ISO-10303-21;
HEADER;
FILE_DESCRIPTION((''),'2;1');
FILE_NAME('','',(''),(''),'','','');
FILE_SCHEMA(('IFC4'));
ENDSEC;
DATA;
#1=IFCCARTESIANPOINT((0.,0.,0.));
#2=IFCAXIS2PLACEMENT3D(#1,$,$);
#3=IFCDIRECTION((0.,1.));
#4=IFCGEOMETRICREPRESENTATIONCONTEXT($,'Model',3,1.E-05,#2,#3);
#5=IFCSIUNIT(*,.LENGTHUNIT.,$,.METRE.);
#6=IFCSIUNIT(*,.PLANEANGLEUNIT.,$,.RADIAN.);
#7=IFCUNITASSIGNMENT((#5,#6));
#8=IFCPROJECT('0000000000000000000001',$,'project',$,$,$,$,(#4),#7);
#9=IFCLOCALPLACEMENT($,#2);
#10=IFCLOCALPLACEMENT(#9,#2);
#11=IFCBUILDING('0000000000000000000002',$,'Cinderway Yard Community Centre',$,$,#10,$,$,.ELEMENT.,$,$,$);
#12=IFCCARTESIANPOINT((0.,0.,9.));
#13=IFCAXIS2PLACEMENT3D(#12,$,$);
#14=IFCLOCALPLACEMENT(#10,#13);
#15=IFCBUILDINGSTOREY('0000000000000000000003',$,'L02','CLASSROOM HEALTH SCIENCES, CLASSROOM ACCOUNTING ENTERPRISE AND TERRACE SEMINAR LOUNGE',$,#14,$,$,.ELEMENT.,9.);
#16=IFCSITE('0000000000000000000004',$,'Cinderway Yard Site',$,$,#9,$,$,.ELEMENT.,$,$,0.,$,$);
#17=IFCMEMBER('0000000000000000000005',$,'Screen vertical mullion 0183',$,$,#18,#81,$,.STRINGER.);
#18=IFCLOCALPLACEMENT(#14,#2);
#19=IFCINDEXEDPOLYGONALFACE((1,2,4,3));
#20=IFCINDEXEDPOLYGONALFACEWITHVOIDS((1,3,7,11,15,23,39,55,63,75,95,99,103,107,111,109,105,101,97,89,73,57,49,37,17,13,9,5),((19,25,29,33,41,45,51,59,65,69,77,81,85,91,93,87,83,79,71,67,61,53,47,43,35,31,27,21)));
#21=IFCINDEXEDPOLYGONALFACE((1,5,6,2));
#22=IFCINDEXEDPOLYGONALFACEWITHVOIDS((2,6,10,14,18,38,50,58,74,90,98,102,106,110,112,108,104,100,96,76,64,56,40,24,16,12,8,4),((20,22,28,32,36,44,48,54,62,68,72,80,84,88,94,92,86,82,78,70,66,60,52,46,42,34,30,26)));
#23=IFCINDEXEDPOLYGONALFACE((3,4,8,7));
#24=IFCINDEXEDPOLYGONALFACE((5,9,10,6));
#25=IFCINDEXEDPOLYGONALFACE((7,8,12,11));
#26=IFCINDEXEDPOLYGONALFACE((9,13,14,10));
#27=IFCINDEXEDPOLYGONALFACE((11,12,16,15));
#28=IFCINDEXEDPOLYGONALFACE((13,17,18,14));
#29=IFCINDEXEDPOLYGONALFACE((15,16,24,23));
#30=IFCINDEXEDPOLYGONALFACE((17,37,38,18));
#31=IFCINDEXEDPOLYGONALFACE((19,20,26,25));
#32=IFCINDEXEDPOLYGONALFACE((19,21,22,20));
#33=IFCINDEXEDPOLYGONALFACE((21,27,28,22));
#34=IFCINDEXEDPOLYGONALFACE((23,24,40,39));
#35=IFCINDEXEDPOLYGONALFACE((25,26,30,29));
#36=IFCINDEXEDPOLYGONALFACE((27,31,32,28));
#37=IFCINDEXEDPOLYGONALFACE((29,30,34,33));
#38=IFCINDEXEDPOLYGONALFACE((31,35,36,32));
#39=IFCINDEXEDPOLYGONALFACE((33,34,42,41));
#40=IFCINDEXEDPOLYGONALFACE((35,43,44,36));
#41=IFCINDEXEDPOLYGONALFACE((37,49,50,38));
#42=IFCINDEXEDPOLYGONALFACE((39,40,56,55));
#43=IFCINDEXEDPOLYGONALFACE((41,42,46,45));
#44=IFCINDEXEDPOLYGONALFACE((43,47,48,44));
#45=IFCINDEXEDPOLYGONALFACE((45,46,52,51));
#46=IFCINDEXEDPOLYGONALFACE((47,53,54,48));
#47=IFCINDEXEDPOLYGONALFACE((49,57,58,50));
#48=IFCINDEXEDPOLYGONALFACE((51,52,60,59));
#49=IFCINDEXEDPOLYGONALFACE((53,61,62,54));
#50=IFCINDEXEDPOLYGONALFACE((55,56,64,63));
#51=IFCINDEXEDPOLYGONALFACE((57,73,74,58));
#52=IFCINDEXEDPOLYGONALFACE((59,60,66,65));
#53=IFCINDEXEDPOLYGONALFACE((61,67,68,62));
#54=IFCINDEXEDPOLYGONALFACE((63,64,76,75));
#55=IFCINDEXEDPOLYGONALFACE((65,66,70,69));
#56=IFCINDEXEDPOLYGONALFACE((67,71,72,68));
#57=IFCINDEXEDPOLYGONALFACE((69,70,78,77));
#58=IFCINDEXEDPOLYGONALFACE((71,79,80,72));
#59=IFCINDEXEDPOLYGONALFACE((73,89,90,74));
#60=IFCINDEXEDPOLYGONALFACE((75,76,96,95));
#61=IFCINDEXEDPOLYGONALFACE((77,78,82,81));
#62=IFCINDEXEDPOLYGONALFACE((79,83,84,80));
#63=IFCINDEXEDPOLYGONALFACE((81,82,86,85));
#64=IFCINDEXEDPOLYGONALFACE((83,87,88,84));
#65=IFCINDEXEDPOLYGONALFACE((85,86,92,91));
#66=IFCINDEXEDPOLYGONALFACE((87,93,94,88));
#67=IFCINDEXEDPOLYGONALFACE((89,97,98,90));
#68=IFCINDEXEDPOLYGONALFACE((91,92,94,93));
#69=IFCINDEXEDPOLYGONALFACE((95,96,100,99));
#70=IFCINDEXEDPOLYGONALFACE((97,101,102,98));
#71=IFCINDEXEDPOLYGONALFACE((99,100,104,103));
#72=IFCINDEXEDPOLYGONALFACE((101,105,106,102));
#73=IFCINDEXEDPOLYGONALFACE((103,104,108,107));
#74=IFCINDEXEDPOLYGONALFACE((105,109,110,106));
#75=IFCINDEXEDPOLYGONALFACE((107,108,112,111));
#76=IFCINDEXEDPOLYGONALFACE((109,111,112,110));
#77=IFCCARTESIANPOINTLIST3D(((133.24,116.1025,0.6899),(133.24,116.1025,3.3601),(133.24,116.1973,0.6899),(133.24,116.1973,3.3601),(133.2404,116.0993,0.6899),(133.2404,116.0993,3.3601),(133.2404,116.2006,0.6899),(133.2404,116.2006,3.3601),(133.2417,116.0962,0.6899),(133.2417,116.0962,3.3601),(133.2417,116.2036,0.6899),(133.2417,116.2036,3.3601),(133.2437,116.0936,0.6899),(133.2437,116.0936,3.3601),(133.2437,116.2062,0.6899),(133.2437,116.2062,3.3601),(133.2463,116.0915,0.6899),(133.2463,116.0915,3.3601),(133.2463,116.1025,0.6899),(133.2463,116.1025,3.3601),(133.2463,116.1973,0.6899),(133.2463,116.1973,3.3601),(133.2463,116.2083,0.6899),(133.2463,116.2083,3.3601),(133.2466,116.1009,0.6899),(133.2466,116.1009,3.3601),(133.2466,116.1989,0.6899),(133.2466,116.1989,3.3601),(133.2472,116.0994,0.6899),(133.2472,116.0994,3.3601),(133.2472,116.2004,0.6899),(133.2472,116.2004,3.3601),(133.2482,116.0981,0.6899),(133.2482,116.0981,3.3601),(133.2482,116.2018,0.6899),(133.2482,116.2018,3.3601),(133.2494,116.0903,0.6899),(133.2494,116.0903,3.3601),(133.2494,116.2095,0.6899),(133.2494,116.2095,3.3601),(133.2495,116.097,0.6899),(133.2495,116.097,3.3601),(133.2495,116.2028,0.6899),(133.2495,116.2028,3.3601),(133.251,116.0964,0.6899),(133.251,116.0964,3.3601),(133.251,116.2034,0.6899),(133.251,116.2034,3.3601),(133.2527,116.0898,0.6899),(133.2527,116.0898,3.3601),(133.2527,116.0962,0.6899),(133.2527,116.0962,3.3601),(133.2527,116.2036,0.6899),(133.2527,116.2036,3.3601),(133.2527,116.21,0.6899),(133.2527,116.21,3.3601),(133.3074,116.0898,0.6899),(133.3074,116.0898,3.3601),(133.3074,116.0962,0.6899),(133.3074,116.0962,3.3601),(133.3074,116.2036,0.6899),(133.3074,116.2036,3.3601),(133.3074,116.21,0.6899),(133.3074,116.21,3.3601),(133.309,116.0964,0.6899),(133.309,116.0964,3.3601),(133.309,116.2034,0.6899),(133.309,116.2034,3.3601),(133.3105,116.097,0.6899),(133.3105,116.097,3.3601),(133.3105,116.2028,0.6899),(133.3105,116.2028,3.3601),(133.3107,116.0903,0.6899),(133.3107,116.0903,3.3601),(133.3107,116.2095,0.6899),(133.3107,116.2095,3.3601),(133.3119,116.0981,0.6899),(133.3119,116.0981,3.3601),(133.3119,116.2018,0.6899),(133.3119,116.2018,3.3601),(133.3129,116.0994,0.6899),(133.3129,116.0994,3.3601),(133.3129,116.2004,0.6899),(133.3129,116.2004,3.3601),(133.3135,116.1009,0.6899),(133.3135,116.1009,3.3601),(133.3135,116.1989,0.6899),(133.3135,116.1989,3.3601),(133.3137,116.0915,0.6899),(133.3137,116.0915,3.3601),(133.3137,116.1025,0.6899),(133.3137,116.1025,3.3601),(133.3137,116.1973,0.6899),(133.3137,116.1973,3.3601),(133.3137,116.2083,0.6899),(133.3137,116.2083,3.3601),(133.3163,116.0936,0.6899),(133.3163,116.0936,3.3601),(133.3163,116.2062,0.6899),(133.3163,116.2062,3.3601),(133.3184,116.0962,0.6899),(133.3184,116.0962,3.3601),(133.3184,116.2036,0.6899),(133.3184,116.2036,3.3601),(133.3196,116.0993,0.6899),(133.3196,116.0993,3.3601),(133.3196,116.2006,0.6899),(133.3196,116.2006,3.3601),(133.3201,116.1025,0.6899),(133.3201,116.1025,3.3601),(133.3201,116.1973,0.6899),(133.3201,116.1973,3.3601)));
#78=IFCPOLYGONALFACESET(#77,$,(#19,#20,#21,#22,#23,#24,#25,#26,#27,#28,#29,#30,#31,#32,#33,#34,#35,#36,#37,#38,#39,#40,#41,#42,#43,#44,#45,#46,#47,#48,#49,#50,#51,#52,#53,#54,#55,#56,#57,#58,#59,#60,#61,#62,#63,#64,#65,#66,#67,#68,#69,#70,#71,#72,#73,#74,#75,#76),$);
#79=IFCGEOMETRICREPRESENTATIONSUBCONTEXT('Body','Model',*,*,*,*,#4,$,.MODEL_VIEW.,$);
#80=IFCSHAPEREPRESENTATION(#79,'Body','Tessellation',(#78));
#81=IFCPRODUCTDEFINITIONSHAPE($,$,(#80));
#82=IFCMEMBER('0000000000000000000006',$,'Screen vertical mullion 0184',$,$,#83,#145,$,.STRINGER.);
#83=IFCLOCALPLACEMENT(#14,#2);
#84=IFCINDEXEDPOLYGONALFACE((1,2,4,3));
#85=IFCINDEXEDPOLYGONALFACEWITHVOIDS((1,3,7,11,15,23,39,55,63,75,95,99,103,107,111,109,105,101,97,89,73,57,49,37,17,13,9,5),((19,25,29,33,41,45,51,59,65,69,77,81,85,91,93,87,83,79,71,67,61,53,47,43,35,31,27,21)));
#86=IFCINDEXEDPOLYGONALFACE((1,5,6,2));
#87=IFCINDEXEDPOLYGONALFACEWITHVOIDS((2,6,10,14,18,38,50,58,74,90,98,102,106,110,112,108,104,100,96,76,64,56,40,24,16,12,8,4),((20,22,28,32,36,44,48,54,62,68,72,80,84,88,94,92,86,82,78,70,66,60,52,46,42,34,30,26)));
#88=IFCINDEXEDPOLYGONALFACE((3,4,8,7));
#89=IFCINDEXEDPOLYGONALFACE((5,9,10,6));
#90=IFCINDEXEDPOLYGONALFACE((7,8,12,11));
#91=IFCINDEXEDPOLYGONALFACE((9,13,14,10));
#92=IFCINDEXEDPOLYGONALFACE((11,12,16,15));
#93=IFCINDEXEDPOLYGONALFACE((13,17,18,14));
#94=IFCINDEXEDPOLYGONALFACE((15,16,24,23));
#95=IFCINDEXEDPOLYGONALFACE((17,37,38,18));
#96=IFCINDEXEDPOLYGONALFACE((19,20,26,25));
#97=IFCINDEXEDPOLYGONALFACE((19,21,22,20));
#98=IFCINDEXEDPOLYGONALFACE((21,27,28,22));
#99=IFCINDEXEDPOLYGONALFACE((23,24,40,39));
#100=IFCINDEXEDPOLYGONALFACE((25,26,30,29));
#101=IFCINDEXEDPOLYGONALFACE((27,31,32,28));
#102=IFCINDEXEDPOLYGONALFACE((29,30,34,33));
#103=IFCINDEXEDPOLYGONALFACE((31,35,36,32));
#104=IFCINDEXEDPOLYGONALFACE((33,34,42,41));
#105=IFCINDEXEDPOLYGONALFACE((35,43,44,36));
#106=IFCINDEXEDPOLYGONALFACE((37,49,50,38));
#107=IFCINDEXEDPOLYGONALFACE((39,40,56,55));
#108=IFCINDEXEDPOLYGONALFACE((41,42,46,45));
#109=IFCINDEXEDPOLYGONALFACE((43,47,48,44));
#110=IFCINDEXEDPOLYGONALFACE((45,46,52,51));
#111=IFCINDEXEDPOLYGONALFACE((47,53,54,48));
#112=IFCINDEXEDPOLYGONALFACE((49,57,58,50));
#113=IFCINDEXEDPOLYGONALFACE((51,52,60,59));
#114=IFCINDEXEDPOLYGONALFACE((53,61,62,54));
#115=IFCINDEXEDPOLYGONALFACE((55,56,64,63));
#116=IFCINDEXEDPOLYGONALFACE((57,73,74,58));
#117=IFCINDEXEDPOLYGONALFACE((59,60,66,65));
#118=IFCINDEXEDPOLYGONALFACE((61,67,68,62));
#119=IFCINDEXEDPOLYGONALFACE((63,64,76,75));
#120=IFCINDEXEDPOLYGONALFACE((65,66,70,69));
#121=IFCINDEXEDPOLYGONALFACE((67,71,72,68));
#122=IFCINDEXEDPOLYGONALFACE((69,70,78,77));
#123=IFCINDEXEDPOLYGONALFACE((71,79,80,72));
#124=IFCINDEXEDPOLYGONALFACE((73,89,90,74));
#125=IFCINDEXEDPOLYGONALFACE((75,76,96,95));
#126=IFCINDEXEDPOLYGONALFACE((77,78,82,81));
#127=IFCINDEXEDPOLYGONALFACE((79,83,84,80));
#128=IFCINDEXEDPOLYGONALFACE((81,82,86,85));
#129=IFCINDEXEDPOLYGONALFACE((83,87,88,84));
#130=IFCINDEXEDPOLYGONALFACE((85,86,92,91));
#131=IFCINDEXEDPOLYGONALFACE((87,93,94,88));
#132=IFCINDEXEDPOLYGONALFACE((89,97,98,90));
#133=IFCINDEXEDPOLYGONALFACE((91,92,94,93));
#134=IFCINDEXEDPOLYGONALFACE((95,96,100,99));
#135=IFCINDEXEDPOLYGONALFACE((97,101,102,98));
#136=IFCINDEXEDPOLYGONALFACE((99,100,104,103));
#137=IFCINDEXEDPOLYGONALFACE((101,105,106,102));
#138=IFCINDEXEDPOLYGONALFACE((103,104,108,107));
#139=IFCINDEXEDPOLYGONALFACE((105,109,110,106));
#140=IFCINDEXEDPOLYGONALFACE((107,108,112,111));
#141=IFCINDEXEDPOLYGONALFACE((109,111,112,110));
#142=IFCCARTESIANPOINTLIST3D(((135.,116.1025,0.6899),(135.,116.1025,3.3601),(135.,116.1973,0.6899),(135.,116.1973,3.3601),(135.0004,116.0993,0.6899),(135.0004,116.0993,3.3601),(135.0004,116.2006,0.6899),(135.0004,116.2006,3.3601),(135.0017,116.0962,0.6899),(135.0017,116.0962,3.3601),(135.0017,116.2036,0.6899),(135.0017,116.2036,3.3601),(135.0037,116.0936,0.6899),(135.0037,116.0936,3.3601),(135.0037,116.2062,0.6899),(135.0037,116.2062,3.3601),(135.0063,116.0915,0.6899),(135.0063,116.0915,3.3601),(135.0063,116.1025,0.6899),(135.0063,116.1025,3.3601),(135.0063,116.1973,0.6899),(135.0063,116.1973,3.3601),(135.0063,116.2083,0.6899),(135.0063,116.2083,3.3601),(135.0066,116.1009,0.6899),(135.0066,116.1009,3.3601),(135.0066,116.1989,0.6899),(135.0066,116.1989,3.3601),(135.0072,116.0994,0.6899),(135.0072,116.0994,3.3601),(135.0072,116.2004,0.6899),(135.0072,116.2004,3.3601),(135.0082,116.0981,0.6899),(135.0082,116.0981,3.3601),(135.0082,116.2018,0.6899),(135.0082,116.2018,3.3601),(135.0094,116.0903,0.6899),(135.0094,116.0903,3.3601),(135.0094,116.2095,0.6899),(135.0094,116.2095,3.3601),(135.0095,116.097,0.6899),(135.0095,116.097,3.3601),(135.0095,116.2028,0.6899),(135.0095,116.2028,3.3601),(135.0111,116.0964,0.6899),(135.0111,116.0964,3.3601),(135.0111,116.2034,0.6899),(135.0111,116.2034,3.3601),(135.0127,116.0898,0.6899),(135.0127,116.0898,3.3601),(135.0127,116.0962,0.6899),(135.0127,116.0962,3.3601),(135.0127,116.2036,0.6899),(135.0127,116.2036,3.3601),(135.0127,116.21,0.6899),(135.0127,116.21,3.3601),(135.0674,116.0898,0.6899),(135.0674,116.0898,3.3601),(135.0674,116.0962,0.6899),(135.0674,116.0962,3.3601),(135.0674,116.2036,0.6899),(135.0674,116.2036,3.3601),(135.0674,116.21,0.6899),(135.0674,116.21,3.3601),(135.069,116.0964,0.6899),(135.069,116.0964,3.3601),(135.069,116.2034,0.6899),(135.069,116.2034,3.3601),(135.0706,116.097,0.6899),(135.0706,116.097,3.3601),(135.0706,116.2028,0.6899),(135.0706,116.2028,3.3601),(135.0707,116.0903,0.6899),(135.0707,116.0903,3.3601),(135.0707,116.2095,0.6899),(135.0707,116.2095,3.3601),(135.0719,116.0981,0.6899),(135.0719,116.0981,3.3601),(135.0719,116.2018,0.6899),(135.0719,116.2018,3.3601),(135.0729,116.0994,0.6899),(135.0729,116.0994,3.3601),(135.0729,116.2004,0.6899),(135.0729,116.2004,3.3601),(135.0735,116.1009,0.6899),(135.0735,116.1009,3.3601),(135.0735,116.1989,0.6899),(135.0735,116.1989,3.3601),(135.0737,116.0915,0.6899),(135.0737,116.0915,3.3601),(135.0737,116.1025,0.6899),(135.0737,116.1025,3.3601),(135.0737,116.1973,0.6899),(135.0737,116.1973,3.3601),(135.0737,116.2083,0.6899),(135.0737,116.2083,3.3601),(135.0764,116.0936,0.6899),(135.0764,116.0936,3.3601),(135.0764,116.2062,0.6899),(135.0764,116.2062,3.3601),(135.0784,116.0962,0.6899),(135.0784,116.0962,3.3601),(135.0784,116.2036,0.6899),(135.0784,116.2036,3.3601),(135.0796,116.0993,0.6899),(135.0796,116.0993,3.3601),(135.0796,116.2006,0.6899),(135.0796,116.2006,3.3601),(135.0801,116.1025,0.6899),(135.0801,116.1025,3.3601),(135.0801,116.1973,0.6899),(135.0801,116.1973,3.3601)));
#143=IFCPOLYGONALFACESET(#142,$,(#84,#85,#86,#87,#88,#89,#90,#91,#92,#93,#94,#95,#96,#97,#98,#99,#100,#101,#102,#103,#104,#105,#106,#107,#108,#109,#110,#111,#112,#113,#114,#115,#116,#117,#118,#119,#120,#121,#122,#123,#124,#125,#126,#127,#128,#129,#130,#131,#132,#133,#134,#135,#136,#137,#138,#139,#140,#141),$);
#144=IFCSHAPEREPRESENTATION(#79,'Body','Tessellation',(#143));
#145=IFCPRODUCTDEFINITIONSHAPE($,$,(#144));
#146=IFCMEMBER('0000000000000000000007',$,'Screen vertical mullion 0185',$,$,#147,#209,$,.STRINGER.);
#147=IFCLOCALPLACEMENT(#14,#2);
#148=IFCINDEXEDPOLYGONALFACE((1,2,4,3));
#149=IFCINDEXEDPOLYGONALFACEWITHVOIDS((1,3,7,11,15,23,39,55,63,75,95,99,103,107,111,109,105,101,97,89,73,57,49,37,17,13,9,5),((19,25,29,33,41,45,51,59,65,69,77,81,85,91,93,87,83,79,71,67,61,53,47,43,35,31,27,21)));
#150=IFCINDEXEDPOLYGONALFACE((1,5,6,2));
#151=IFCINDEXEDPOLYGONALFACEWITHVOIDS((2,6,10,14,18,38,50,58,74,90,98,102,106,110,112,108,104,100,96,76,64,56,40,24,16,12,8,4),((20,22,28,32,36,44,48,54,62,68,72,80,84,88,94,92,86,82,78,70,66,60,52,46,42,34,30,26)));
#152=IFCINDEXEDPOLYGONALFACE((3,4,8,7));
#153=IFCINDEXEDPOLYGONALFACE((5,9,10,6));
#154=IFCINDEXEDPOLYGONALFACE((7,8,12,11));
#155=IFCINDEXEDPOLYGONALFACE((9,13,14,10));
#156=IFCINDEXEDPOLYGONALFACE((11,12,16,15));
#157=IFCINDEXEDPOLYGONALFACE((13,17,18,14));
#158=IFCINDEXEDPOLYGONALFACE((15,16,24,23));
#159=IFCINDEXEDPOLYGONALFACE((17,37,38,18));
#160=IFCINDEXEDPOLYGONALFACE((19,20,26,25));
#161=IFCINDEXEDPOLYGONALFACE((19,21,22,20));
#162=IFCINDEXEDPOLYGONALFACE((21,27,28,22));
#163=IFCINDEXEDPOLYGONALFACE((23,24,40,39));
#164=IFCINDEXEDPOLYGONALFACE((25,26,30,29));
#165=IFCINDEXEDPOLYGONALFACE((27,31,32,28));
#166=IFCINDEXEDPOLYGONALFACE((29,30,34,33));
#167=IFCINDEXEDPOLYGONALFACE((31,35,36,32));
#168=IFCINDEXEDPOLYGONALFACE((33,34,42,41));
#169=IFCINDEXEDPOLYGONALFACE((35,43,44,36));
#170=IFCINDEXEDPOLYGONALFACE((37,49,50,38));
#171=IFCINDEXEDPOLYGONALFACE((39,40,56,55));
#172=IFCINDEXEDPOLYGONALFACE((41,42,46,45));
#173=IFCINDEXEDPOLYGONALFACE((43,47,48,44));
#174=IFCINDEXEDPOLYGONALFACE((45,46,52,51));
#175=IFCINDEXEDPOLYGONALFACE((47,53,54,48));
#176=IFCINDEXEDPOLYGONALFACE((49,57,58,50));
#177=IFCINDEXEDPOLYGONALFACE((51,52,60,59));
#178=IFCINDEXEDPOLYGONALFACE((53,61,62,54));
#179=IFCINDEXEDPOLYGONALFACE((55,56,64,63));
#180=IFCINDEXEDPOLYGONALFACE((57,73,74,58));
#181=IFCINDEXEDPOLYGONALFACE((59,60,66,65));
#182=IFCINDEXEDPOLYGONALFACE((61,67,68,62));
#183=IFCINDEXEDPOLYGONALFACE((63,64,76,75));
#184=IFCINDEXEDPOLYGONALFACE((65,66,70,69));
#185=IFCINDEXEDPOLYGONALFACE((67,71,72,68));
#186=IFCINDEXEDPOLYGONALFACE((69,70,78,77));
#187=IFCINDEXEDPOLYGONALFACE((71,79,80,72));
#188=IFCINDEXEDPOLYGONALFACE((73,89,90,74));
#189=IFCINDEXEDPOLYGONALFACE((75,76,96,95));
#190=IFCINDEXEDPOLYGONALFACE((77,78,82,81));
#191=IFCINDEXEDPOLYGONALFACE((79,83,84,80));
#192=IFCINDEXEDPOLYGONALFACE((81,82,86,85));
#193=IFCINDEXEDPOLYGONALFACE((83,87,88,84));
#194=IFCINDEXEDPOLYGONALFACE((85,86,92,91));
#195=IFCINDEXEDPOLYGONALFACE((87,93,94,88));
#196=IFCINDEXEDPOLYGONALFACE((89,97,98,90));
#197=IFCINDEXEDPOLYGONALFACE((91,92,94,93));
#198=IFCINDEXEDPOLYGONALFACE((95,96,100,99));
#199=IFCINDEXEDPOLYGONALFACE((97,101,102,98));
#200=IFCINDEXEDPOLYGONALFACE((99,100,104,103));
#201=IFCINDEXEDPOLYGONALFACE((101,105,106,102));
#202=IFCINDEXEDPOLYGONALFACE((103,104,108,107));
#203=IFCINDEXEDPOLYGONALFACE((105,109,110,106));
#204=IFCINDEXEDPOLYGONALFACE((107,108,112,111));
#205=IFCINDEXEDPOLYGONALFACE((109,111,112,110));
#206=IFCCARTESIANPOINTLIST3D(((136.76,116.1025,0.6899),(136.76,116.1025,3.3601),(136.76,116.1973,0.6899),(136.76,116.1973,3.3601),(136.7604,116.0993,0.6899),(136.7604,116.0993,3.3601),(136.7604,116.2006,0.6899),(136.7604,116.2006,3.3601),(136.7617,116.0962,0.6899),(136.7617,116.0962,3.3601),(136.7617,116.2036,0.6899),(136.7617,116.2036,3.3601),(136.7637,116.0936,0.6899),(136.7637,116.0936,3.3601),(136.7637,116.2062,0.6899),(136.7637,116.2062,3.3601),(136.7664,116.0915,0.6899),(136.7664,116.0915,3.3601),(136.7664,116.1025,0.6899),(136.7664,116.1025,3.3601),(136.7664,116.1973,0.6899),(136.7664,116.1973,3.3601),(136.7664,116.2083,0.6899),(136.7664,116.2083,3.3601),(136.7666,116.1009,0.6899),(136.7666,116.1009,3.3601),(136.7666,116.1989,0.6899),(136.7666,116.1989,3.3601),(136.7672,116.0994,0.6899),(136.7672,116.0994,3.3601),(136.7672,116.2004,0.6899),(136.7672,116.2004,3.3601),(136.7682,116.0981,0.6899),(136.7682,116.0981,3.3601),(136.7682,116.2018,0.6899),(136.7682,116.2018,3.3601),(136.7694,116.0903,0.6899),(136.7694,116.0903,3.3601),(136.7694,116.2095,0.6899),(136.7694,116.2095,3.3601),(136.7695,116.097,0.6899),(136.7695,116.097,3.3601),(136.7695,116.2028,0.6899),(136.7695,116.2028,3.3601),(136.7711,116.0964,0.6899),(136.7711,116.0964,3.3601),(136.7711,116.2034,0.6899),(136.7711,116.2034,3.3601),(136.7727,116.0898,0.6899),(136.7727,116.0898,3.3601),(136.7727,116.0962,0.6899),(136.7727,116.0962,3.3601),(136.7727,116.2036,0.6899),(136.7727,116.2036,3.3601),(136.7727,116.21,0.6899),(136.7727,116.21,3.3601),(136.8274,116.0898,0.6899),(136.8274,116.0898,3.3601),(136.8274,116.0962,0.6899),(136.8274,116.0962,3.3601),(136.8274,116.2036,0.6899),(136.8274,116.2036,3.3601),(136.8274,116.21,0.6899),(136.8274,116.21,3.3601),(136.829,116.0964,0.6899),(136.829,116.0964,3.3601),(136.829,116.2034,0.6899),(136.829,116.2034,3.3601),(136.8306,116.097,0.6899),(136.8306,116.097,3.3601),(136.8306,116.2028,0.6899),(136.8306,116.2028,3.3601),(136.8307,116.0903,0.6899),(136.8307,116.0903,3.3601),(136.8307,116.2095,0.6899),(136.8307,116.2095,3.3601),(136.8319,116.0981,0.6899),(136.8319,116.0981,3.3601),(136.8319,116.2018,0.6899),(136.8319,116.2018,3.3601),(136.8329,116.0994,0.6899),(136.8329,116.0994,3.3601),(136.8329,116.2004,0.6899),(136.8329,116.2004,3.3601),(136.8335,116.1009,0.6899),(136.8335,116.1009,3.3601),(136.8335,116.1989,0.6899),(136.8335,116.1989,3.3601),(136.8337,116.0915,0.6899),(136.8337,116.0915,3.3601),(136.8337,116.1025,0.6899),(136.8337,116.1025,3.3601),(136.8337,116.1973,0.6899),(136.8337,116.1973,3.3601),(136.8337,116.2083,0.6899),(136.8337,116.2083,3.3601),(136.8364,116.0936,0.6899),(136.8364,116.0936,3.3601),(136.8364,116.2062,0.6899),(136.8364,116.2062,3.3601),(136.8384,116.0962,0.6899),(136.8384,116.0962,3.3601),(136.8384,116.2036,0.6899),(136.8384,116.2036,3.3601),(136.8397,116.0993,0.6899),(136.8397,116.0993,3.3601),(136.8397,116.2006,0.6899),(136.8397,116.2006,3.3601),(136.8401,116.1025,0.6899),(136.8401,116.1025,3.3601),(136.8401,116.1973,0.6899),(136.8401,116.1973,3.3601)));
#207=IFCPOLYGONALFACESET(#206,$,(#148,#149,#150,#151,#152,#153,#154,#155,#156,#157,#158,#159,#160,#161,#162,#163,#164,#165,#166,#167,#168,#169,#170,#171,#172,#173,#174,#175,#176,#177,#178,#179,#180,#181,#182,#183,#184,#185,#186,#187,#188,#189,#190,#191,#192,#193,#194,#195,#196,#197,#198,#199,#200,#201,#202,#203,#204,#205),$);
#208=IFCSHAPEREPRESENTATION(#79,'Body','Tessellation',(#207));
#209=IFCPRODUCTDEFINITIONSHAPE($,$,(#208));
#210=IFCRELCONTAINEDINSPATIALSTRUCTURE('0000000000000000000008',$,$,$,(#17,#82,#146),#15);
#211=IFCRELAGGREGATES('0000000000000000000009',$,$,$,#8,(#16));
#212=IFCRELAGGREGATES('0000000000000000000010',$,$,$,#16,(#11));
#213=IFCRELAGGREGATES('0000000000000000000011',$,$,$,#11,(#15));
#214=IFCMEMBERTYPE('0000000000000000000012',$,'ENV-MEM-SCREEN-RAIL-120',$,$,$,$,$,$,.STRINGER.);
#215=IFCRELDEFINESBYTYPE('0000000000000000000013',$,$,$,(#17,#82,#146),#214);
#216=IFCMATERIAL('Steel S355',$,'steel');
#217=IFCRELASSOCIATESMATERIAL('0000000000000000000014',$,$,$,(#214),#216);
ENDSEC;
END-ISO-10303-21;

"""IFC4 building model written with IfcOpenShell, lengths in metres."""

from ifc_helpers import new_model, si_unit, direction, frame, origin, origin_2d, place, context, subcontext, project, spatial, hollow_rectangle, extrude, material, material_profile, profile_set, type_object, element, save


model = new_model("IFC4")

# Units and contexts
model_context = context("Model", 3, precision=1e-05, world=origin(), true_north=direction((0.0, 1.0)))
body_context = subcontext(model_context, "Body", "Model", "MODEL_VIEW")
ifc_project = project(units=[si_unit("LENGTHUNIT", "METRE"), si_unit("PLANEANGLEUNIT", "RADIAN")], contexts=[model_context])

# Site, building, storey
site_placement = place(None, origin())
site = spatial("IfcSite", under=ifc_project, at=site_placement, Name="Cinderway Yard Site", CompositionType="ELEMENT", RefElevation=0.0)
building_placement = place(site_placement, origin())
building = spatial("IfcBuilding", under=site, at=building_placement, Name="Cinderway Yard Community Centre", CompositionType="ELEMENT")
storey_placement = place(building_placement, frame((0.0, 0.0, 9.0)))
storey = spatial("IfcBuildingStorey", under=building, at=storey_placement, Name="L02", Description="CLASSROOM HEALTH SCIENCES, CLASSROOM ACCOUNTING ENTERPRISE AND TERRACE SEMINAR LOUNGE", CompositionType="ELEMENT", Elevation=9.0)

# Members
ifc_material_1 = material(Name="Steel S355", Category="steel")
ifc_material_profile_1 = material_profile(ifc_material_1, hollow_rectangle(XDim=0.0801, YDim=0.1201, WallThickness=0.0063, InnerFilletRadius=0.0063, OuterFilletRadius=0.0127, at=origin_2d()), Name="Steel S355")
ifc_profile_set_1 = profile_set([ifc_material_profile_1], Name="Steel S355")
member_type_1 = type_object("IfcMemberType", Name="ENV-MEM-SCREEN-RAIL-120", PredefinedType="STRINGER", material=ifc_profile_set_1)
for number, where, z_axis, x_axis, name in (
    (1, (133.28, 116.1499, 0.6899), (0.0, 0.0, 1.0), (1.0, 0.0, 0.0), "Screen vertical mullion 0183"),
    (2, (135.04, 116.1499, 0.6899), (0.0, 0.0, 1.0), (1.0, 0.0, 0.0), "Screen vertical mullion 0184"),
    (3, (136.8, 116.1499, 0.6899), (0.0, 0.0, 1.0), (1.0, 0.0, 0.0), "Screen vertical mullion 0185"),
):
    element("IfcMember", number, at=place(storey_placement, frame(where, z_axis=z_axis, x_axis=x_axis)), inside=storey, type_object=member_type_1, Name=name, PredefinedType="STRINGER", context=body_context, shape_type="SweptSolid", body=[
        extrude(hollow_rectangle(XDim=0.0801, YDim=0.1201, WallThickness=0.0063, InnerFilletRadius=0.0063, OuterFilletRadius=0.0127, at=origin_2d()), origin(), (0.0, 0.0, 1.0), 2.6702),
    ])

save(model, "model.ifc")
